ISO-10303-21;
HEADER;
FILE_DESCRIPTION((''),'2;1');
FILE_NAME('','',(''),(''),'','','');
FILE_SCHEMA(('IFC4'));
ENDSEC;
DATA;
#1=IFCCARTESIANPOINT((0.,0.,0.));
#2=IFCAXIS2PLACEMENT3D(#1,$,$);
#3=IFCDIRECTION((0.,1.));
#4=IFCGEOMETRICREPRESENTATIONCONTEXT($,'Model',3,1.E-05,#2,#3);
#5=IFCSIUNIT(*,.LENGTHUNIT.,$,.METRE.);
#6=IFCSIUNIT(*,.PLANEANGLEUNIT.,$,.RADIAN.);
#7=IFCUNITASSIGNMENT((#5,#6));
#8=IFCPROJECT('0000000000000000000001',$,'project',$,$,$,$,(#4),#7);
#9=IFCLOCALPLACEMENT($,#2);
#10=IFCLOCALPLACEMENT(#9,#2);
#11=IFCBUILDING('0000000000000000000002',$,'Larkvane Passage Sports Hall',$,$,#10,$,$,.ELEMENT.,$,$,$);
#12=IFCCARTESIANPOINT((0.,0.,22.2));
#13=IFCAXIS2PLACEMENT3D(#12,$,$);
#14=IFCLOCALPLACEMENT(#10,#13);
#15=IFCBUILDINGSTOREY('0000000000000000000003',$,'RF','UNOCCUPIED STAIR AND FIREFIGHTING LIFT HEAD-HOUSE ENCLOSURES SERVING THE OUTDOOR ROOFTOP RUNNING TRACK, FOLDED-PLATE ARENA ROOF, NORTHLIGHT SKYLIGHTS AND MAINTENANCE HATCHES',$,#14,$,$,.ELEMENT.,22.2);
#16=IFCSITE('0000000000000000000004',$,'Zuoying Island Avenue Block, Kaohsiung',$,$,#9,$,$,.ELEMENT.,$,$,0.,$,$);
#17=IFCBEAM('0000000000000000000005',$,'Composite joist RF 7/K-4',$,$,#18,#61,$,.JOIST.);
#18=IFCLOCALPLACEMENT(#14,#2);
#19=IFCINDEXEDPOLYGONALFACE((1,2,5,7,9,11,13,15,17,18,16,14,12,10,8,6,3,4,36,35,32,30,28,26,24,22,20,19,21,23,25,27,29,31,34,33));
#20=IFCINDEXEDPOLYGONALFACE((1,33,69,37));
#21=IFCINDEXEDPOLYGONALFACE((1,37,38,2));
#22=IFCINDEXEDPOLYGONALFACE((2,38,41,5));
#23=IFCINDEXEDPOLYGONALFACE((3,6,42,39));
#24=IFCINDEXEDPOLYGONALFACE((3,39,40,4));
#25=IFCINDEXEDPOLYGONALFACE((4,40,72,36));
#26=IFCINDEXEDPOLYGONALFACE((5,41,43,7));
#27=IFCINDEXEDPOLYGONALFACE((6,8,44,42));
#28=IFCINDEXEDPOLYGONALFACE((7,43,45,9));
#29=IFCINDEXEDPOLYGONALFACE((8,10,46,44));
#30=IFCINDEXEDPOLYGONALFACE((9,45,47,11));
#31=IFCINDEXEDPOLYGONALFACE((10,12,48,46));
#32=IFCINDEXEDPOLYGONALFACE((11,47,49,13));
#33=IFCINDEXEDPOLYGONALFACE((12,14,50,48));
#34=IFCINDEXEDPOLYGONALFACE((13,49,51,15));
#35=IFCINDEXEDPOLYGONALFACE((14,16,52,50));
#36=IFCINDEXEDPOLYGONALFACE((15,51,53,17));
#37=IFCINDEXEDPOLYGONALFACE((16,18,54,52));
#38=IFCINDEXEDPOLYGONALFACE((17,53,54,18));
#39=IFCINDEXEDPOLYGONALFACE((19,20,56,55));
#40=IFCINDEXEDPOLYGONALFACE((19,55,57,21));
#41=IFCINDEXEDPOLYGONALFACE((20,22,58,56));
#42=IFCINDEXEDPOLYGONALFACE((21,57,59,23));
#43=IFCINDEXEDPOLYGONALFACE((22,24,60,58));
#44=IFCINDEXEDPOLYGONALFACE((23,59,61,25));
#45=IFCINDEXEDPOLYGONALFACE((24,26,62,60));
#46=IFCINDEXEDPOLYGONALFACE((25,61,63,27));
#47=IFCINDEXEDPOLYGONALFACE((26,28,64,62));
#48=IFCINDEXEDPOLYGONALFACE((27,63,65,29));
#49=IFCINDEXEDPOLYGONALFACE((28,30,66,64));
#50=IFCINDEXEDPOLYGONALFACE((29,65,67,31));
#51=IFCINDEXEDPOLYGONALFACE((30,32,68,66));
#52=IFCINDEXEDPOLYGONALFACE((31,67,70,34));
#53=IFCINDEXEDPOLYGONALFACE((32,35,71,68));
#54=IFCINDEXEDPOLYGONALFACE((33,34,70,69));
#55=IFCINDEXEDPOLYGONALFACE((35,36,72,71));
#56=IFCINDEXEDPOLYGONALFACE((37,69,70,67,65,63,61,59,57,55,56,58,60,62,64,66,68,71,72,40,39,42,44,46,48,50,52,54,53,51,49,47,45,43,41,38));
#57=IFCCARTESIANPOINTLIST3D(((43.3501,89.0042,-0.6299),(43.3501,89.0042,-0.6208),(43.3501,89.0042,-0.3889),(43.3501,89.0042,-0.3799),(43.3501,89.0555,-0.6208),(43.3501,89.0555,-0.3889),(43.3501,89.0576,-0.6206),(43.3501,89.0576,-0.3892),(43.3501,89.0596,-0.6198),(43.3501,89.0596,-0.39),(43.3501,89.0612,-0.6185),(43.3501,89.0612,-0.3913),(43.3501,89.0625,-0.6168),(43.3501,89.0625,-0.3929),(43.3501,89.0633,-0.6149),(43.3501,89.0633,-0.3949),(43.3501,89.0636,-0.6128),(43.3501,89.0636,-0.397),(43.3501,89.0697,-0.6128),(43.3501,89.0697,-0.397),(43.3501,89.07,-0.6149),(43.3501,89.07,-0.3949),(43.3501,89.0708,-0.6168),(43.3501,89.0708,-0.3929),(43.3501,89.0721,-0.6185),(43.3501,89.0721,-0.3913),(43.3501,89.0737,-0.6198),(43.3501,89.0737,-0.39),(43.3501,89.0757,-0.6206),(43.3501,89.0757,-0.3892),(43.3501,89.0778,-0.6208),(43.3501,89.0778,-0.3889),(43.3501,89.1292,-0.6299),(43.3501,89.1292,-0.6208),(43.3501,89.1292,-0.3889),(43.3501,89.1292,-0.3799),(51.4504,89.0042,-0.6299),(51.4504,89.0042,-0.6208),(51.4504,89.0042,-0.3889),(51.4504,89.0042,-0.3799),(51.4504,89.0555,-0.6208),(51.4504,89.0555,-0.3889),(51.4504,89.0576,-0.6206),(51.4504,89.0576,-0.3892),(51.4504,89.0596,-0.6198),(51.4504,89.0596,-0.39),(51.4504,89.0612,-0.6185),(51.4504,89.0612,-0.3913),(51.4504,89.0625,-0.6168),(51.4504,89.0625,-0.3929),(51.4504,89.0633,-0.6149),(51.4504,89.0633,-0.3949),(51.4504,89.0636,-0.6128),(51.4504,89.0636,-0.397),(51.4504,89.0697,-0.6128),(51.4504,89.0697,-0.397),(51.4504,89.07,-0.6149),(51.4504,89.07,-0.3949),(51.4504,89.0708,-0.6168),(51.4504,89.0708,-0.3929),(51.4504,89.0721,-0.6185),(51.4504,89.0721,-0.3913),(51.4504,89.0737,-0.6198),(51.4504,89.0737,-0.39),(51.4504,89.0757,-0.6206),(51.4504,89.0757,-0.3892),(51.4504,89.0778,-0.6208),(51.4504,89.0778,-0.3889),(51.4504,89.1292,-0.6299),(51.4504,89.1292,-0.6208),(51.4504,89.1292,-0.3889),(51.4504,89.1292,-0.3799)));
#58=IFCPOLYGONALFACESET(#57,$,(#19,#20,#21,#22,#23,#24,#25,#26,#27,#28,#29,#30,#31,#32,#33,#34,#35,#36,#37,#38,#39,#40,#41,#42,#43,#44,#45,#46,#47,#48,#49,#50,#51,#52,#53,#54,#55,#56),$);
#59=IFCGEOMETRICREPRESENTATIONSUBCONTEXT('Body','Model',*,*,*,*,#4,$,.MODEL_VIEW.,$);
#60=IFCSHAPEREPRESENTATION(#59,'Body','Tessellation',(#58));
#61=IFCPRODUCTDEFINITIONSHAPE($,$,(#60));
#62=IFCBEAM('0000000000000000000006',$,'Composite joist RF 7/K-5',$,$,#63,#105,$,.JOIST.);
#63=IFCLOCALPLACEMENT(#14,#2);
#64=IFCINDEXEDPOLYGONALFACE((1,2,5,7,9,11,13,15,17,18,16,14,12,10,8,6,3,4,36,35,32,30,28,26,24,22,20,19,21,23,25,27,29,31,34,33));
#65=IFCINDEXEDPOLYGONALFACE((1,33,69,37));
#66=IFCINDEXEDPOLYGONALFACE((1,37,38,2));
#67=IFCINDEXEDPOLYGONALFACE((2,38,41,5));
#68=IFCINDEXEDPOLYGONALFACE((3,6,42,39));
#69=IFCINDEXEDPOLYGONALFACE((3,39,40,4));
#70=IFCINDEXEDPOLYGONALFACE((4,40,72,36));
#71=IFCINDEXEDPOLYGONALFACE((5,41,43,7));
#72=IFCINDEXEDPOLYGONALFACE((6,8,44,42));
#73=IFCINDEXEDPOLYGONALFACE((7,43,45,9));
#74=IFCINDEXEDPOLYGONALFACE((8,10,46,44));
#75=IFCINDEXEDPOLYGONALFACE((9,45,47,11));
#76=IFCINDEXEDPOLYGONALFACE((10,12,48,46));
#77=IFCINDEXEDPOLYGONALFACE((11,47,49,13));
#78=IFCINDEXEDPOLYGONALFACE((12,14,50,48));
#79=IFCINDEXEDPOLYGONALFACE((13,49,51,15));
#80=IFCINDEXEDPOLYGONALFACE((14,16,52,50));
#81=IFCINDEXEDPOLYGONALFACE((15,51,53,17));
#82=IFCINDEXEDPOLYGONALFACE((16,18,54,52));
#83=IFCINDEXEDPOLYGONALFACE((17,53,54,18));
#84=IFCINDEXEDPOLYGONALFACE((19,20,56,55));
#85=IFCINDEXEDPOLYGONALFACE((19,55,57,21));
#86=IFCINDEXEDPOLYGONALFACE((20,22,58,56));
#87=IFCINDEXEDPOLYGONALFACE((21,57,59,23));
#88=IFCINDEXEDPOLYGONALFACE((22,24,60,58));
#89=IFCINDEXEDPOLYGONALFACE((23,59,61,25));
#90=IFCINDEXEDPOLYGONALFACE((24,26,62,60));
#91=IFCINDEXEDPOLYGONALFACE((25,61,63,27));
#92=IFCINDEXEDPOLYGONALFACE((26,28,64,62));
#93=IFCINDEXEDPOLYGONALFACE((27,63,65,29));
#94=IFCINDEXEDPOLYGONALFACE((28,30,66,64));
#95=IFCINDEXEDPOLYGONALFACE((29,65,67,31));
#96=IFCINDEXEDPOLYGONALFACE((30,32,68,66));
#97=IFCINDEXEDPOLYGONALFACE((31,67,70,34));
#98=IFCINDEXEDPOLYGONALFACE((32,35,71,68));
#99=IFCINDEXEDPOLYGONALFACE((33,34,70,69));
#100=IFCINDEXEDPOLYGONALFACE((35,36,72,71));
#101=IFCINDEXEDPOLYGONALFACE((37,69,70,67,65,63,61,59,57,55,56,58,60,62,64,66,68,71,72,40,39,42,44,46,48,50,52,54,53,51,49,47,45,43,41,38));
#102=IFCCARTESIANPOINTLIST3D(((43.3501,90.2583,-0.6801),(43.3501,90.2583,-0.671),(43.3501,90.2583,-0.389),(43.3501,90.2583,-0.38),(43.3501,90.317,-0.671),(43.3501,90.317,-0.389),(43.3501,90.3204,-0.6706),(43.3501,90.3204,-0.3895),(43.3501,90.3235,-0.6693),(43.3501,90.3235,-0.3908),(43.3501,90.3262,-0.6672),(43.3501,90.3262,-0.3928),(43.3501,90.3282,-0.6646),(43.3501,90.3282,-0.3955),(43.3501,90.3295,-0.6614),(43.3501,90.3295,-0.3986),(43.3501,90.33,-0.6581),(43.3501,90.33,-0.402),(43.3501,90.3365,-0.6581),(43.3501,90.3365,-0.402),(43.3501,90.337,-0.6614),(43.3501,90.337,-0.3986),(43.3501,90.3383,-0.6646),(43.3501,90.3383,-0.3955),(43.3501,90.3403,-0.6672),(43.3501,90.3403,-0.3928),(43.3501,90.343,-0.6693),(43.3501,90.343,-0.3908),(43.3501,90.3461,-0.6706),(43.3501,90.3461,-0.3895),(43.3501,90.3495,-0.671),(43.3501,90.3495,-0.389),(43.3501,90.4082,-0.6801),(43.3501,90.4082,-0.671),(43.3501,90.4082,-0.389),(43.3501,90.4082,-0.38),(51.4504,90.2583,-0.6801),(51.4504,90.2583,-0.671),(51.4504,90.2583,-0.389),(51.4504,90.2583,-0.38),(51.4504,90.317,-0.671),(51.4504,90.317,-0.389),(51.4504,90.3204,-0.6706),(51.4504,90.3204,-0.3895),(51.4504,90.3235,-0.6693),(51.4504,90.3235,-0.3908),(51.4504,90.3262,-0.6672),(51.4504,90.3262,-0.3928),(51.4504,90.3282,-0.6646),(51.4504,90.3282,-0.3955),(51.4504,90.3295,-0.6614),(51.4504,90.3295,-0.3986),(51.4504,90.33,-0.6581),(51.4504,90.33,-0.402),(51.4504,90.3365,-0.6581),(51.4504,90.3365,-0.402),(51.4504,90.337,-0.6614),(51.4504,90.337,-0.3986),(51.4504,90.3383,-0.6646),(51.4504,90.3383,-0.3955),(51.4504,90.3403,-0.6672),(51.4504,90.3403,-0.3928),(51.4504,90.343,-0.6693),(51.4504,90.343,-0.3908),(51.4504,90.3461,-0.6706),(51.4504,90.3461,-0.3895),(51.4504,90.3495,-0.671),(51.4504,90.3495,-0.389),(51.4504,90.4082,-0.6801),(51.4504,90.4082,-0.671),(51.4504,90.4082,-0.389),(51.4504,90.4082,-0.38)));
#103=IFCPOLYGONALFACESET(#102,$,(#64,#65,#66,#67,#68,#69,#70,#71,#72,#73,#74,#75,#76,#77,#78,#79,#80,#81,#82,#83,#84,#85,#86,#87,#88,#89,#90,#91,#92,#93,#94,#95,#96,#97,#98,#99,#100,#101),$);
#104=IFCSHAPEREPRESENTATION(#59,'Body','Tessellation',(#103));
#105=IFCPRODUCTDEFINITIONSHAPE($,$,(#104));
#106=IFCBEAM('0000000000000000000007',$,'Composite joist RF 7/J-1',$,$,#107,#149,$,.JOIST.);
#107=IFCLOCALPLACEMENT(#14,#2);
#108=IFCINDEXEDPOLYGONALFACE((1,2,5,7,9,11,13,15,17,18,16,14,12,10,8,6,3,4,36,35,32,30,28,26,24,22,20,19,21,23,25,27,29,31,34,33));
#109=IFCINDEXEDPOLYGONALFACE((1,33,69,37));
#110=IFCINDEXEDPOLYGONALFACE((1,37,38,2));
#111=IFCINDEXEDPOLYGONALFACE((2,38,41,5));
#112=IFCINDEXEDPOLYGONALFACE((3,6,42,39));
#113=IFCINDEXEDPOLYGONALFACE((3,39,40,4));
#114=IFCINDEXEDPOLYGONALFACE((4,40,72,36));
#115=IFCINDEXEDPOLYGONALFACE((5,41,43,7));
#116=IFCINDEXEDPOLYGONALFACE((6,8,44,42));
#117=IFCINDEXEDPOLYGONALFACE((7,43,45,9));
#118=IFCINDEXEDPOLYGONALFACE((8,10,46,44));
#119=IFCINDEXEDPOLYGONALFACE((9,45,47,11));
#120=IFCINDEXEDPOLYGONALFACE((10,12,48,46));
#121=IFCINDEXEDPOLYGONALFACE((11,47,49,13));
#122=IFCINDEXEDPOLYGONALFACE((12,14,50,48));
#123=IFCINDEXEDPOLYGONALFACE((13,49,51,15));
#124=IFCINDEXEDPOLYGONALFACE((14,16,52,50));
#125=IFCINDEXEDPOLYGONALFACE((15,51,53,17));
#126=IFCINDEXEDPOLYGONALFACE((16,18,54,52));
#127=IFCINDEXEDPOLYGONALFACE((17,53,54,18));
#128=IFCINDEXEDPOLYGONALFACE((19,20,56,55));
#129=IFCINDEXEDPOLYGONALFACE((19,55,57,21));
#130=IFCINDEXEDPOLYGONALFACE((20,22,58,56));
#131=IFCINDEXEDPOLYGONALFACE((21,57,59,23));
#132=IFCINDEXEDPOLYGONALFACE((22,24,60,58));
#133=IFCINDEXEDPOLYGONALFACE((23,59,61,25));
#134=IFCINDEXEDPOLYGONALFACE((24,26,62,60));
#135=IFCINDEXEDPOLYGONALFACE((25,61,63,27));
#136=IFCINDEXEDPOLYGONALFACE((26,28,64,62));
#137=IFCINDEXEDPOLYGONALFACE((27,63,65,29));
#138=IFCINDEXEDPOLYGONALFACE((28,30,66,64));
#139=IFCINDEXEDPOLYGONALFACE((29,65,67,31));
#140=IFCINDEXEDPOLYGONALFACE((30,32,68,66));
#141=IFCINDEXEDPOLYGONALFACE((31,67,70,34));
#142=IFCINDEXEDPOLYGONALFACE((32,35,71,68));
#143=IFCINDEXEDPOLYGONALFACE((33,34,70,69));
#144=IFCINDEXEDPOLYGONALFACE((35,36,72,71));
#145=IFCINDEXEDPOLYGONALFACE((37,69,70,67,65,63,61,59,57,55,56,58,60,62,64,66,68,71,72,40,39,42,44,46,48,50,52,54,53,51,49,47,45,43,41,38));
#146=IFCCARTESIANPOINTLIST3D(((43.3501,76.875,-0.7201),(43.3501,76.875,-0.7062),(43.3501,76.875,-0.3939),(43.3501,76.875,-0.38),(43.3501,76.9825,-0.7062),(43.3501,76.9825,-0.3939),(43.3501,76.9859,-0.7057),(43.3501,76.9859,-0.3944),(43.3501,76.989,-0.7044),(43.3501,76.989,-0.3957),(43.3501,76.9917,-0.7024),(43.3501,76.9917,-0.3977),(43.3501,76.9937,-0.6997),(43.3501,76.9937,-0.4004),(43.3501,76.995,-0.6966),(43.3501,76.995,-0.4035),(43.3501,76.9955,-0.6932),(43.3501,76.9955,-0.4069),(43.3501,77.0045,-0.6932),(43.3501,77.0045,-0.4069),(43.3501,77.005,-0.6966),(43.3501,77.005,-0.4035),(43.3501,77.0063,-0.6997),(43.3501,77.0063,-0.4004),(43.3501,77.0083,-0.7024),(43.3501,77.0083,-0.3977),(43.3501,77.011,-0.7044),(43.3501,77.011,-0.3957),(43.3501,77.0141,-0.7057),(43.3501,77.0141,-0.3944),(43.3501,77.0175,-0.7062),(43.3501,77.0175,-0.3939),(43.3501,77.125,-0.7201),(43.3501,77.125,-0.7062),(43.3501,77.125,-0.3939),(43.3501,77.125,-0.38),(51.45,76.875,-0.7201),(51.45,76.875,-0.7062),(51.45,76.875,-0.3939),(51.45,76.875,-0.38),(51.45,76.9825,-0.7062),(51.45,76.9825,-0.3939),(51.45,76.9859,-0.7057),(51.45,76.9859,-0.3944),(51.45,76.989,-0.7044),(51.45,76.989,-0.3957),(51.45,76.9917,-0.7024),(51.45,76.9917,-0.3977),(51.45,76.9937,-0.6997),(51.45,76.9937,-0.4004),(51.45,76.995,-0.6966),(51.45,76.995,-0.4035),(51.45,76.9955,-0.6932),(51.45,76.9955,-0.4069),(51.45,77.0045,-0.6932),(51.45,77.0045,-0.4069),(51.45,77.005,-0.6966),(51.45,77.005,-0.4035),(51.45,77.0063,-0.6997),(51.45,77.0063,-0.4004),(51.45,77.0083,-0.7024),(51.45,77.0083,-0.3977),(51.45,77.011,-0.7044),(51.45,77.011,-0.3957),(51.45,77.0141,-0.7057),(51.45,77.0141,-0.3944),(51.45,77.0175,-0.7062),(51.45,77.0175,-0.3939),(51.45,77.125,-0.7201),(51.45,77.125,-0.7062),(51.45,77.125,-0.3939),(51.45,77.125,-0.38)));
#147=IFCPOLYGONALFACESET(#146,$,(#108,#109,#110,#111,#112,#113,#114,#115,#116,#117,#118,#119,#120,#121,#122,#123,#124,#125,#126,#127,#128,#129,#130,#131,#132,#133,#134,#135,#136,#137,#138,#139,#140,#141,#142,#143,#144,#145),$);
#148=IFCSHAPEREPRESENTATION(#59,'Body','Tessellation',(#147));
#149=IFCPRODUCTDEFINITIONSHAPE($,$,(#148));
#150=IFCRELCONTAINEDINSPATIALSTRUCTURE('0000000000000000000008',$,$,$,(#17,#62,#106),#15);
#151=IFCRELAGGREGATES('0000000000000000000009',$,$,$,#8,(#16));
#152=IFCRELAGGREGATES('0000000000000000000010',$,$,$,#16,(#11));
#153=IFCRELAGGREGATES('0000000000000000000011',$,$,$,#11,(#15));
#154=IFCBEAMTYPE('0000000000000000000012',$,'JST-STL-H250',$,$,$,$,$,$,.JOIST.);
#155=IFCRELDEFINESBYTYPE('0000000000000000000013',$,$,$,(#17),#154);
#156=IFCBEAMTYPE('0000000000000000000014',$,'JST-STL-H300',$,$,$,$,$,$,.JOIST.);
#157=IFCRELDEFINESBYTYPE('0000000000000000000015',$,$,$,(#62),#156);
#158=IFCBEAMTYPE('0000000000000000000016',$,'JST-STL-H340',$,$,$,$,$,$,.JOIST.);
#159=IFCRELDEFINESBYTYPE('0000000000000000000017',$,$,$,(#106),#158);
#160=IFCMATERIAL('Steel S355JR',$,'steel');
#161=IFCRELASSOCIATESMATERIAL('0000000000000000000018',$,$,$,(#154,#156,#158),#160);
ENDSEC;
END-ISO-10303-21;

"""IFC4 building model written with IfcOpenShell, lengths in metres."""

from ifc_helpers import new_model, si_unit, direction, frame, origin, origin_2d, place, context, subcontext, project, spatial, i_section, extrude, material, material_profile, profile_set, type_object, element, save


model = new_model("IFC4")

# Units and contexts
model_context = context("Model", 3, precision=1e-05, world=origin(), true_north=direction((0.0, 1.0)))
body_context = subcontext(model_context, "Body", "Model", "MODEL_VIEW")
ifc_project = project(units=[si_unit("LENGTHUNIT", "METRE"), si_unit("PLANEANGLEUNIT", "RADIAN")], contexts=[model_context])

# Site, building, storey
site_placement = place(None, origin())
site = spatial("IfcSite", under=ifc_project, at=site_placement, Name="Zuoying Island Avenue Block, Kaohsiung", CompositionType="ELEMENT", RefElevation=0.0)
building_placement = place(site_placement, origin())
building = spatial("IfcBuilding", under=site, at=building_placement, Name="Larkvane Passage Sports Hall", CompositionType="ELEMENT")
storey_placement = place(building_placement, frame((0.0, 0.0, 22.2)))
storey = spatial("IfcBuildingStorey", under=building, at=storey_placement, Name="RF", Description="UNOCCUPIED STAIR AND FIREFIGHTING LIFT HEAD-HOUSE ENCLOSURES SERVING THE OUTDOOR ROOFTOP RUNNING TRACK, FOLDED-PLATE ARENA ROOF, NORTHLIGHT SKYLIGHTS AND MAINTENANCE HATCHES", CompositionType="ELEMENT", Elevation=22.2)

# Beams
ifc_material_1 = material(Name="Steel S355JR", Category="steel")
ifc_material_profile_1 = material_profile(ifc_material_1, i_section(OverallWidth=0.125, OverallDepth=0.25, WebThickness=0.0061, FlangeThickness=0.009, FilletRadius=0.0081, at=origin_2d()), Name="H-250x125x6x9")
ifc_profile_set_1 = profile_set([ifc_material_profile_1], Name="Steel S355JR")
beam_type_1 = type_object("IfcBeamType", Name="JST-STL-H250", PredefinedType="JOIST", material=ifc_profile_set_1)
beam_1_placement = place(storey_placement, frame((43.3501, 89.0667, -0.5049), z_axis=(1.0, 0.0, 0.0), x_axis=(0.0, 1.0, 0.0)))
element("IfcBeam", 1, at=beam_1_placement, inside=storey, type_object=beam_type_1, Name="Composite joist RF 7/K-4", PredefinedType="JOIST", context=body_context, shape_type="SweptSolid", body=[
    extrude(i_section(OverallWidth=0.125, OverallDepth=0.25, WebThickness=0.0061, FlangeThickness=0.009, FilletRadius=0.0081, at=origin_2d()), origin(), (0.0, 0.0, 1.0), 8.1003),
])
ifc_material_profile_2 = material_profile(ifc_material_1, i_section(OverallWidth=0.1499, OverallDepth=0.3, WebThickness=0.0066, FlangeThickness=0.009, FilletRadius=0.0129, at=origin_2d()), Name="H-300x150x6.5x9")
ifc_profile_set_2 = profile_set([ifc_material_profile_2], Name="Steel S355JR")
beam_type_2 = type_object("IfcBeamType", Name="JST-STL-H300", PredefinedType="JOIST", material=ifc_profile_set_2)
beam_2_placement = place(storey_placement, frame((43.3501, 90.3333, -0.53), z_axis=(1.0, 0.0, 0.0), x_axis=(0.0, 1.0, 0.0)))
element("IfcBeam", 2, at=beam_2_placement, inside=storey, type_object=beam_type_2, Name="Composite joist RF 7/K-5", PredefinedType="JOIST", context=body_context, shape_type="SweptSolid", body=[
    extrude(i_section(OverallWidth=0.1499, OverallDepth=0.3, WebThickness=0.0066, FlangeThickness=0.009, FilletRadius=0.0129, at=origin_2d()), origin(), (0.0, 0.0, 1.0), 8.1003),
])
ifc_material_profile_3 = material_profile(ifc_material_1, i_section(OverallWidth=0.25, OverallDepth=0.3401, WebThickness=0.009, FlangeThickness=0.0139, FilletRadius=0.0129, at=origin_2d()), Name="H-340x250x9x14")
ifc_profile_set_3 = profile_set([ifc_material_profile_3], Name="Steel S355JR")
beam_type_3 = type_object("IfcBeamType", Name="JST-STL-H340", PredefinedType="JOIST", material=ifc_profile_set_3)
beam_3_placement = place(storey_placement, frame((43.3501, 77.0, -0.55), z_axis=(1.0, 0.0, 0.0), x_axis=(0.0, 1.0, 0.0)))
element("IfcBeam", 3, at=beam_3_placement, inside=storey, type_object=beam_type_3, Name="Composite joist RF 7/J-1", PredefinedType="JOIST", context=body_context, shape_type="SweptSolid", body=[
    extrude(i_section(OverallWidth=0.25, OverallDepth=0.3401, WebThickness=0.009, FlangeThickness=0.0139, FilletRadius=0.0129, at=origin_2d()), origin(), (0.0, 0.0, 1.0), 8.0999),
])

save(model, "model.ifc")
